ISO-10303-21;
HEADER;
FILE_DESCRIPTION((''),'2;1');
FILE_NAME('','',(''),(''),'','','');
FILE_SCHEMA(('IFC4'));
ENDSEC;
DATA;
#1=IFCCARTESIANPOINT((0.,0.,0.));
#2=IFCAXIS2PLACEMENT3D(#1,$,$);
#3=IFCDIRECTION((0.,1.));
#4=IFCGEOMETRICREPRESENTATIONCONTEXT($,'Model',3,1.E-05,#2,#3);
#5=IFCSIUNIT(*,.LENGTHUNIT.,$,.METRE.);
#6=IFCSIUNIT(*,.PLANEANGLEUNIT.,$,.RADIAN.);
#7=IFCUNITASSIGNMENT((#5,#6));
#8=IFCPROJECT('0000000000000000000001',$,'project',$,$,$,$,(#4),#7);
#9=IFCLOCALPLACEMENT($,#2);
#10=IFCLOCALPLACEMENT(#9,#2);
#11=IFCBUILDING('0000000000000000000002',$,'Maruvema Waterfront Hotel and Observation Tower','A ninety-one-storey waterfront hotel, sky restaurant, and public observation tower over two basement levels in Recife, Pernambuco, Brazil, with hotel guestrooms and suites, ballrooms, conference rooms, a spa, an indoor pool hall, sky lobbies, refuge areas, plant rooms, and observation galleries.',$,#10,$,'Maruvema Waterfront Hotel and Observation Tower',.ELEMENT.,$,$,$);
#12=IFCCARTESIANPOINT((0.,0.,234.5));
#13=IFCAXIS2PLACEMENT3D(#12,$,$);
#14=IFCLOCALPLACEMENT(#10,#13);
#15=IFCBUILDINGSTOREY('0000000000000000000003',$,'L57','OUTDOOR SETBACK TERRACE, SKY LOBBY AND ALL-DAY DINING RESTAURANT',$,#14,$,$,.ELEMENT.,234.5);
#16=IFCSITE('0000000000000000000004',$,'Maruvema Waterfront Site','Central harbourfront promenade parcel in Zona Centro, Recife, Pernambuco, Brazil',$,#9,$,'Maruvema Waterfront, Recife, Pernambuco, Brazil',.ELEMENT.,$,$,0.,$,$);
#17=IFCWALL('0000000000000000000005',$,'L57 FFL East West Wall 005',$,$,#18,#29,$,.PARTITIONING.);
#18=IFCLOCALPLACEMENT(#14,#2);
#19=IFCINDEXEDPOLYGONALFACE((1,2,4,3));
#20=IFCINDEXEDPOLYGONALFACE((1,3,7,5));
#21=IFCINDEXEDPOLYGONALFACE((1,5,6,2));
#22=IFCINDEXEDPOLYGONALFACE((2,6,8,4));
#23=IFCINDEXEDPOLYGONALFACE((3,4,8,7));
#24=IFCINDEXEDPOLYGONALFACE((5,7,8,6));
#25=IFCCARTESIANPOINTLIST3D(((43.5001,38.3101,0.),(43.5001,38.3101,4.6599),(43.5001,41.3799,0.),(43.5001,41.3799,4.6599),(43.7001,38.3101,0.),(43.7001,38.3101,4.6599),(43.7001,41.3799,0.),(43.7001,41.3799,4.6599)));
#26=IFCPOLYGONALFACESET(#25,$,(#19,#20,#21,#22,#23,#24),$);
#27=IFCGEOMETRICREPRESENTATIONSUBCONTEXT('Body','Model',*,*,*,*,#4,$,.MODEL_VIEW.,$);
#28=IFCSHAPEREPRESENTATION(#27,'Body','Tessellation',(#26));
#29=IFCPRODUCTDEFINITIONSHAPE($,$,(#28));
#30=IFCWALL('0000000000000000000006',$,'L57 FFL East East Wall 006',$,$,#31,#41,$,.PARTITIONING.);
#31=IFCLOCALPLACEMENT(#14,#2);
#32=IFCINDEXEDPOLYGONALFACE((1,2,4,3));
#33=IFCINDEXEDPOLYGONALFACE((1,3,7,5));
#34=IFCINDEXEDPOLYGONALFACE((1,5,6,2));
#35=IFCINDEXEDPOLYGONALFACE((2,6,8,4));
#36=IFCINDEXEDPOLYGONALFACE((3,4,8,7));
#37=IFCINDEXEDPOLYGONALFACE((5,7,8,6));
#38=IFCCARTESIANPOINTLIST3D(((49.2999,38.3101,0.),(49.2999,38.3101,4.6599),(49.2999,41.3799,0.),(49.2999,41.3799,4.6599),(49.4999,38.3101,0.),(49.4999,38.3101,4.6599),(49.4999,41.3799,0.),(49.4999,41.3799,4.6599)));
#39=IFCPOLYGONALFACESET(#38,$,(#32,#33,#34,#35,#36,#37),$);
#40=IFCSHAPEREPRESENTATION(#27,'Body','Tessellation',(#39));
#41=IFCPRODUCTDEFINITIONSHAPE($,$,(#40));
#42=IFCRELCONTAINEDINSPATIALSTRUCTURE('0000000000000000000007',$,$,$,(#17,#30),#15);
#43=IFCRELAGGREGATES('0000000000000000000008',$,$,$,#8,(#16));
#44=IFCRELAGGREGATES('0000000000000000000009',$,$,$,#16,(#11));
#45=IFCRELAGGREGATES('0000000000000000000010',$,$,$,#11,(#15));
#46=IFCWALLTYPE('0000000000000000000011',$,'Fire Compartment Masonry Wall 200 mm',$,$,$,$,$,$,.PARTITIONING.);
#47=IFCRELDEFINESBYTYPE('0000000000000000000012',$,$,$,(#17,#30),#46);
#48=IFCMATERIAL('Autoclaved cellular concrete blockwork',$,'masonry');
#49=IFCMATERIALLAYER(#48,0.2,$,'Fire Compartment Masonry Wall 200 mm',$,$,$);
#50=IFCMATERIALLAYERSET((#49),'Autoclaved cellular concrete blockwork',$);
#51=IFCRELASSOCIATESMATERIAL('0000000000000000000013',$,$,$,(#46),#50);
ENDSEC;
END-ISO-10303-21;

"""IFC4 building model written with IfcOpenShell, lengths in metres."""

from ifc_helpers import new_model, si_unit, direction, frame, frame_2d, origin, place, context, subcontext, project, spatial, rectangle, extrude, material, layer, layer_set, type_object, element, save


model = new_model("IFC4")

# Units and contexts
model_context = context("Model", 3, precision=1e-05, world=origin(), true_north=direction((0.0, 1.0)))
body_context = subcontext(model_context, "Body", "Model", "MODEL_VIEW")
ifc_project = project(units=[si_unit("LENGTHUNIT", "METRE"), si_unit("PLANEANGLEUNIT", "RADIAN")], contexts=[model_context])

# Site, building, storey
site_placement = place(None, origin())
site = spatial("IfcSite", under=ifc_project, at=site_placement, Name="Maruvema Waterfront Site", Description="Central harbourfront promenade parcel in Zona Centro, Recife, Pernambuco, Brazil", LongName="Maruvema Waterfront, Recife, Pernambuco, Brazil", CompositionType="ELEMENT", RefElevation=0.0)
building_placement = place(site_placement, origin())
building = spatial("IfcBuilding", under=site, at=building_placement, Name="Maruvema Waterfront Hotel and Observation Tower", Description="A ninety-one-storey waterfront hotel, sky restaurant, and public observation tower over two basement levels in Recife, Pernambuco, Brazil, with hotel guestrooms and suites, ballrooms, conference rooms, a spa, an indoor pool hall, sky lobbies, refuge areas, plant rooms, and observation galleries.", LongName="Maruvema Waterfront Hotel and Observation Tower", CompositionType="ELEMENT")
storey_placement = place(building_placement, frame((0.0, 0.0, 234.5)))
storey = spatial("IfcBuildingStorey", under=building, at=storey_placement, Name="L57", Description="OUTDOOR SETBACK TERRACE, SKY LOBBY AND ALL-DAY DINING RESTAURANT", CompositionType="ELEMENT", Elevation=234.5)

# Shared definitions
ifc_material_1 = material(Name="Autoclaved cellular concrete blockwork", Category="masonry")
ifc_layer_1 = layer(ifc_material_1, 0.2, Name="Fire Compartment Masonry Wall 200 mm")
ifc_layer_set_1 = layer_set([ifc_layer_1], Name="Autoclaved cellular concrete blockwork")
wall_type_1 = type_object("IfcWallType", Name="Fire Compartment Masonry Wall 200 mm", PredefinedType="PARTITIONING", material=ifc_layer_set_1)

# Walls
for number, where, z_axis, x_axis, name in (
    (1, (43.6001, 38.3101, 0.0), (0.0, 0.0, 1.0), (0.0, 1.0, 0.0), "L57 FFL East West Wall 005"),
    (2, (49.3999, 38.3101, 0.0), (0.0, 0.0, 1.0), (0.0, 1.0, 0.0), "L57 FFL East East Wall 006"),
):
    element("IfcWall", number, at=place(storey_placement, frame(where, z_axis=z_axis, x_axis=x_axis)), inside=storey, type_object=wall_type_1, Name=name, PredefinedType="PARTITIONING", context=body_context, shape_type="SweptSolid", body=[
        extrude(rectangle(XDim=3.0698, YDim=0.2, at=frame_2d((1.5349, 0.0))), origin(), (0.0, 0.0, 1.0), 4.6599),
    ])

save(model, "model.ifc")
